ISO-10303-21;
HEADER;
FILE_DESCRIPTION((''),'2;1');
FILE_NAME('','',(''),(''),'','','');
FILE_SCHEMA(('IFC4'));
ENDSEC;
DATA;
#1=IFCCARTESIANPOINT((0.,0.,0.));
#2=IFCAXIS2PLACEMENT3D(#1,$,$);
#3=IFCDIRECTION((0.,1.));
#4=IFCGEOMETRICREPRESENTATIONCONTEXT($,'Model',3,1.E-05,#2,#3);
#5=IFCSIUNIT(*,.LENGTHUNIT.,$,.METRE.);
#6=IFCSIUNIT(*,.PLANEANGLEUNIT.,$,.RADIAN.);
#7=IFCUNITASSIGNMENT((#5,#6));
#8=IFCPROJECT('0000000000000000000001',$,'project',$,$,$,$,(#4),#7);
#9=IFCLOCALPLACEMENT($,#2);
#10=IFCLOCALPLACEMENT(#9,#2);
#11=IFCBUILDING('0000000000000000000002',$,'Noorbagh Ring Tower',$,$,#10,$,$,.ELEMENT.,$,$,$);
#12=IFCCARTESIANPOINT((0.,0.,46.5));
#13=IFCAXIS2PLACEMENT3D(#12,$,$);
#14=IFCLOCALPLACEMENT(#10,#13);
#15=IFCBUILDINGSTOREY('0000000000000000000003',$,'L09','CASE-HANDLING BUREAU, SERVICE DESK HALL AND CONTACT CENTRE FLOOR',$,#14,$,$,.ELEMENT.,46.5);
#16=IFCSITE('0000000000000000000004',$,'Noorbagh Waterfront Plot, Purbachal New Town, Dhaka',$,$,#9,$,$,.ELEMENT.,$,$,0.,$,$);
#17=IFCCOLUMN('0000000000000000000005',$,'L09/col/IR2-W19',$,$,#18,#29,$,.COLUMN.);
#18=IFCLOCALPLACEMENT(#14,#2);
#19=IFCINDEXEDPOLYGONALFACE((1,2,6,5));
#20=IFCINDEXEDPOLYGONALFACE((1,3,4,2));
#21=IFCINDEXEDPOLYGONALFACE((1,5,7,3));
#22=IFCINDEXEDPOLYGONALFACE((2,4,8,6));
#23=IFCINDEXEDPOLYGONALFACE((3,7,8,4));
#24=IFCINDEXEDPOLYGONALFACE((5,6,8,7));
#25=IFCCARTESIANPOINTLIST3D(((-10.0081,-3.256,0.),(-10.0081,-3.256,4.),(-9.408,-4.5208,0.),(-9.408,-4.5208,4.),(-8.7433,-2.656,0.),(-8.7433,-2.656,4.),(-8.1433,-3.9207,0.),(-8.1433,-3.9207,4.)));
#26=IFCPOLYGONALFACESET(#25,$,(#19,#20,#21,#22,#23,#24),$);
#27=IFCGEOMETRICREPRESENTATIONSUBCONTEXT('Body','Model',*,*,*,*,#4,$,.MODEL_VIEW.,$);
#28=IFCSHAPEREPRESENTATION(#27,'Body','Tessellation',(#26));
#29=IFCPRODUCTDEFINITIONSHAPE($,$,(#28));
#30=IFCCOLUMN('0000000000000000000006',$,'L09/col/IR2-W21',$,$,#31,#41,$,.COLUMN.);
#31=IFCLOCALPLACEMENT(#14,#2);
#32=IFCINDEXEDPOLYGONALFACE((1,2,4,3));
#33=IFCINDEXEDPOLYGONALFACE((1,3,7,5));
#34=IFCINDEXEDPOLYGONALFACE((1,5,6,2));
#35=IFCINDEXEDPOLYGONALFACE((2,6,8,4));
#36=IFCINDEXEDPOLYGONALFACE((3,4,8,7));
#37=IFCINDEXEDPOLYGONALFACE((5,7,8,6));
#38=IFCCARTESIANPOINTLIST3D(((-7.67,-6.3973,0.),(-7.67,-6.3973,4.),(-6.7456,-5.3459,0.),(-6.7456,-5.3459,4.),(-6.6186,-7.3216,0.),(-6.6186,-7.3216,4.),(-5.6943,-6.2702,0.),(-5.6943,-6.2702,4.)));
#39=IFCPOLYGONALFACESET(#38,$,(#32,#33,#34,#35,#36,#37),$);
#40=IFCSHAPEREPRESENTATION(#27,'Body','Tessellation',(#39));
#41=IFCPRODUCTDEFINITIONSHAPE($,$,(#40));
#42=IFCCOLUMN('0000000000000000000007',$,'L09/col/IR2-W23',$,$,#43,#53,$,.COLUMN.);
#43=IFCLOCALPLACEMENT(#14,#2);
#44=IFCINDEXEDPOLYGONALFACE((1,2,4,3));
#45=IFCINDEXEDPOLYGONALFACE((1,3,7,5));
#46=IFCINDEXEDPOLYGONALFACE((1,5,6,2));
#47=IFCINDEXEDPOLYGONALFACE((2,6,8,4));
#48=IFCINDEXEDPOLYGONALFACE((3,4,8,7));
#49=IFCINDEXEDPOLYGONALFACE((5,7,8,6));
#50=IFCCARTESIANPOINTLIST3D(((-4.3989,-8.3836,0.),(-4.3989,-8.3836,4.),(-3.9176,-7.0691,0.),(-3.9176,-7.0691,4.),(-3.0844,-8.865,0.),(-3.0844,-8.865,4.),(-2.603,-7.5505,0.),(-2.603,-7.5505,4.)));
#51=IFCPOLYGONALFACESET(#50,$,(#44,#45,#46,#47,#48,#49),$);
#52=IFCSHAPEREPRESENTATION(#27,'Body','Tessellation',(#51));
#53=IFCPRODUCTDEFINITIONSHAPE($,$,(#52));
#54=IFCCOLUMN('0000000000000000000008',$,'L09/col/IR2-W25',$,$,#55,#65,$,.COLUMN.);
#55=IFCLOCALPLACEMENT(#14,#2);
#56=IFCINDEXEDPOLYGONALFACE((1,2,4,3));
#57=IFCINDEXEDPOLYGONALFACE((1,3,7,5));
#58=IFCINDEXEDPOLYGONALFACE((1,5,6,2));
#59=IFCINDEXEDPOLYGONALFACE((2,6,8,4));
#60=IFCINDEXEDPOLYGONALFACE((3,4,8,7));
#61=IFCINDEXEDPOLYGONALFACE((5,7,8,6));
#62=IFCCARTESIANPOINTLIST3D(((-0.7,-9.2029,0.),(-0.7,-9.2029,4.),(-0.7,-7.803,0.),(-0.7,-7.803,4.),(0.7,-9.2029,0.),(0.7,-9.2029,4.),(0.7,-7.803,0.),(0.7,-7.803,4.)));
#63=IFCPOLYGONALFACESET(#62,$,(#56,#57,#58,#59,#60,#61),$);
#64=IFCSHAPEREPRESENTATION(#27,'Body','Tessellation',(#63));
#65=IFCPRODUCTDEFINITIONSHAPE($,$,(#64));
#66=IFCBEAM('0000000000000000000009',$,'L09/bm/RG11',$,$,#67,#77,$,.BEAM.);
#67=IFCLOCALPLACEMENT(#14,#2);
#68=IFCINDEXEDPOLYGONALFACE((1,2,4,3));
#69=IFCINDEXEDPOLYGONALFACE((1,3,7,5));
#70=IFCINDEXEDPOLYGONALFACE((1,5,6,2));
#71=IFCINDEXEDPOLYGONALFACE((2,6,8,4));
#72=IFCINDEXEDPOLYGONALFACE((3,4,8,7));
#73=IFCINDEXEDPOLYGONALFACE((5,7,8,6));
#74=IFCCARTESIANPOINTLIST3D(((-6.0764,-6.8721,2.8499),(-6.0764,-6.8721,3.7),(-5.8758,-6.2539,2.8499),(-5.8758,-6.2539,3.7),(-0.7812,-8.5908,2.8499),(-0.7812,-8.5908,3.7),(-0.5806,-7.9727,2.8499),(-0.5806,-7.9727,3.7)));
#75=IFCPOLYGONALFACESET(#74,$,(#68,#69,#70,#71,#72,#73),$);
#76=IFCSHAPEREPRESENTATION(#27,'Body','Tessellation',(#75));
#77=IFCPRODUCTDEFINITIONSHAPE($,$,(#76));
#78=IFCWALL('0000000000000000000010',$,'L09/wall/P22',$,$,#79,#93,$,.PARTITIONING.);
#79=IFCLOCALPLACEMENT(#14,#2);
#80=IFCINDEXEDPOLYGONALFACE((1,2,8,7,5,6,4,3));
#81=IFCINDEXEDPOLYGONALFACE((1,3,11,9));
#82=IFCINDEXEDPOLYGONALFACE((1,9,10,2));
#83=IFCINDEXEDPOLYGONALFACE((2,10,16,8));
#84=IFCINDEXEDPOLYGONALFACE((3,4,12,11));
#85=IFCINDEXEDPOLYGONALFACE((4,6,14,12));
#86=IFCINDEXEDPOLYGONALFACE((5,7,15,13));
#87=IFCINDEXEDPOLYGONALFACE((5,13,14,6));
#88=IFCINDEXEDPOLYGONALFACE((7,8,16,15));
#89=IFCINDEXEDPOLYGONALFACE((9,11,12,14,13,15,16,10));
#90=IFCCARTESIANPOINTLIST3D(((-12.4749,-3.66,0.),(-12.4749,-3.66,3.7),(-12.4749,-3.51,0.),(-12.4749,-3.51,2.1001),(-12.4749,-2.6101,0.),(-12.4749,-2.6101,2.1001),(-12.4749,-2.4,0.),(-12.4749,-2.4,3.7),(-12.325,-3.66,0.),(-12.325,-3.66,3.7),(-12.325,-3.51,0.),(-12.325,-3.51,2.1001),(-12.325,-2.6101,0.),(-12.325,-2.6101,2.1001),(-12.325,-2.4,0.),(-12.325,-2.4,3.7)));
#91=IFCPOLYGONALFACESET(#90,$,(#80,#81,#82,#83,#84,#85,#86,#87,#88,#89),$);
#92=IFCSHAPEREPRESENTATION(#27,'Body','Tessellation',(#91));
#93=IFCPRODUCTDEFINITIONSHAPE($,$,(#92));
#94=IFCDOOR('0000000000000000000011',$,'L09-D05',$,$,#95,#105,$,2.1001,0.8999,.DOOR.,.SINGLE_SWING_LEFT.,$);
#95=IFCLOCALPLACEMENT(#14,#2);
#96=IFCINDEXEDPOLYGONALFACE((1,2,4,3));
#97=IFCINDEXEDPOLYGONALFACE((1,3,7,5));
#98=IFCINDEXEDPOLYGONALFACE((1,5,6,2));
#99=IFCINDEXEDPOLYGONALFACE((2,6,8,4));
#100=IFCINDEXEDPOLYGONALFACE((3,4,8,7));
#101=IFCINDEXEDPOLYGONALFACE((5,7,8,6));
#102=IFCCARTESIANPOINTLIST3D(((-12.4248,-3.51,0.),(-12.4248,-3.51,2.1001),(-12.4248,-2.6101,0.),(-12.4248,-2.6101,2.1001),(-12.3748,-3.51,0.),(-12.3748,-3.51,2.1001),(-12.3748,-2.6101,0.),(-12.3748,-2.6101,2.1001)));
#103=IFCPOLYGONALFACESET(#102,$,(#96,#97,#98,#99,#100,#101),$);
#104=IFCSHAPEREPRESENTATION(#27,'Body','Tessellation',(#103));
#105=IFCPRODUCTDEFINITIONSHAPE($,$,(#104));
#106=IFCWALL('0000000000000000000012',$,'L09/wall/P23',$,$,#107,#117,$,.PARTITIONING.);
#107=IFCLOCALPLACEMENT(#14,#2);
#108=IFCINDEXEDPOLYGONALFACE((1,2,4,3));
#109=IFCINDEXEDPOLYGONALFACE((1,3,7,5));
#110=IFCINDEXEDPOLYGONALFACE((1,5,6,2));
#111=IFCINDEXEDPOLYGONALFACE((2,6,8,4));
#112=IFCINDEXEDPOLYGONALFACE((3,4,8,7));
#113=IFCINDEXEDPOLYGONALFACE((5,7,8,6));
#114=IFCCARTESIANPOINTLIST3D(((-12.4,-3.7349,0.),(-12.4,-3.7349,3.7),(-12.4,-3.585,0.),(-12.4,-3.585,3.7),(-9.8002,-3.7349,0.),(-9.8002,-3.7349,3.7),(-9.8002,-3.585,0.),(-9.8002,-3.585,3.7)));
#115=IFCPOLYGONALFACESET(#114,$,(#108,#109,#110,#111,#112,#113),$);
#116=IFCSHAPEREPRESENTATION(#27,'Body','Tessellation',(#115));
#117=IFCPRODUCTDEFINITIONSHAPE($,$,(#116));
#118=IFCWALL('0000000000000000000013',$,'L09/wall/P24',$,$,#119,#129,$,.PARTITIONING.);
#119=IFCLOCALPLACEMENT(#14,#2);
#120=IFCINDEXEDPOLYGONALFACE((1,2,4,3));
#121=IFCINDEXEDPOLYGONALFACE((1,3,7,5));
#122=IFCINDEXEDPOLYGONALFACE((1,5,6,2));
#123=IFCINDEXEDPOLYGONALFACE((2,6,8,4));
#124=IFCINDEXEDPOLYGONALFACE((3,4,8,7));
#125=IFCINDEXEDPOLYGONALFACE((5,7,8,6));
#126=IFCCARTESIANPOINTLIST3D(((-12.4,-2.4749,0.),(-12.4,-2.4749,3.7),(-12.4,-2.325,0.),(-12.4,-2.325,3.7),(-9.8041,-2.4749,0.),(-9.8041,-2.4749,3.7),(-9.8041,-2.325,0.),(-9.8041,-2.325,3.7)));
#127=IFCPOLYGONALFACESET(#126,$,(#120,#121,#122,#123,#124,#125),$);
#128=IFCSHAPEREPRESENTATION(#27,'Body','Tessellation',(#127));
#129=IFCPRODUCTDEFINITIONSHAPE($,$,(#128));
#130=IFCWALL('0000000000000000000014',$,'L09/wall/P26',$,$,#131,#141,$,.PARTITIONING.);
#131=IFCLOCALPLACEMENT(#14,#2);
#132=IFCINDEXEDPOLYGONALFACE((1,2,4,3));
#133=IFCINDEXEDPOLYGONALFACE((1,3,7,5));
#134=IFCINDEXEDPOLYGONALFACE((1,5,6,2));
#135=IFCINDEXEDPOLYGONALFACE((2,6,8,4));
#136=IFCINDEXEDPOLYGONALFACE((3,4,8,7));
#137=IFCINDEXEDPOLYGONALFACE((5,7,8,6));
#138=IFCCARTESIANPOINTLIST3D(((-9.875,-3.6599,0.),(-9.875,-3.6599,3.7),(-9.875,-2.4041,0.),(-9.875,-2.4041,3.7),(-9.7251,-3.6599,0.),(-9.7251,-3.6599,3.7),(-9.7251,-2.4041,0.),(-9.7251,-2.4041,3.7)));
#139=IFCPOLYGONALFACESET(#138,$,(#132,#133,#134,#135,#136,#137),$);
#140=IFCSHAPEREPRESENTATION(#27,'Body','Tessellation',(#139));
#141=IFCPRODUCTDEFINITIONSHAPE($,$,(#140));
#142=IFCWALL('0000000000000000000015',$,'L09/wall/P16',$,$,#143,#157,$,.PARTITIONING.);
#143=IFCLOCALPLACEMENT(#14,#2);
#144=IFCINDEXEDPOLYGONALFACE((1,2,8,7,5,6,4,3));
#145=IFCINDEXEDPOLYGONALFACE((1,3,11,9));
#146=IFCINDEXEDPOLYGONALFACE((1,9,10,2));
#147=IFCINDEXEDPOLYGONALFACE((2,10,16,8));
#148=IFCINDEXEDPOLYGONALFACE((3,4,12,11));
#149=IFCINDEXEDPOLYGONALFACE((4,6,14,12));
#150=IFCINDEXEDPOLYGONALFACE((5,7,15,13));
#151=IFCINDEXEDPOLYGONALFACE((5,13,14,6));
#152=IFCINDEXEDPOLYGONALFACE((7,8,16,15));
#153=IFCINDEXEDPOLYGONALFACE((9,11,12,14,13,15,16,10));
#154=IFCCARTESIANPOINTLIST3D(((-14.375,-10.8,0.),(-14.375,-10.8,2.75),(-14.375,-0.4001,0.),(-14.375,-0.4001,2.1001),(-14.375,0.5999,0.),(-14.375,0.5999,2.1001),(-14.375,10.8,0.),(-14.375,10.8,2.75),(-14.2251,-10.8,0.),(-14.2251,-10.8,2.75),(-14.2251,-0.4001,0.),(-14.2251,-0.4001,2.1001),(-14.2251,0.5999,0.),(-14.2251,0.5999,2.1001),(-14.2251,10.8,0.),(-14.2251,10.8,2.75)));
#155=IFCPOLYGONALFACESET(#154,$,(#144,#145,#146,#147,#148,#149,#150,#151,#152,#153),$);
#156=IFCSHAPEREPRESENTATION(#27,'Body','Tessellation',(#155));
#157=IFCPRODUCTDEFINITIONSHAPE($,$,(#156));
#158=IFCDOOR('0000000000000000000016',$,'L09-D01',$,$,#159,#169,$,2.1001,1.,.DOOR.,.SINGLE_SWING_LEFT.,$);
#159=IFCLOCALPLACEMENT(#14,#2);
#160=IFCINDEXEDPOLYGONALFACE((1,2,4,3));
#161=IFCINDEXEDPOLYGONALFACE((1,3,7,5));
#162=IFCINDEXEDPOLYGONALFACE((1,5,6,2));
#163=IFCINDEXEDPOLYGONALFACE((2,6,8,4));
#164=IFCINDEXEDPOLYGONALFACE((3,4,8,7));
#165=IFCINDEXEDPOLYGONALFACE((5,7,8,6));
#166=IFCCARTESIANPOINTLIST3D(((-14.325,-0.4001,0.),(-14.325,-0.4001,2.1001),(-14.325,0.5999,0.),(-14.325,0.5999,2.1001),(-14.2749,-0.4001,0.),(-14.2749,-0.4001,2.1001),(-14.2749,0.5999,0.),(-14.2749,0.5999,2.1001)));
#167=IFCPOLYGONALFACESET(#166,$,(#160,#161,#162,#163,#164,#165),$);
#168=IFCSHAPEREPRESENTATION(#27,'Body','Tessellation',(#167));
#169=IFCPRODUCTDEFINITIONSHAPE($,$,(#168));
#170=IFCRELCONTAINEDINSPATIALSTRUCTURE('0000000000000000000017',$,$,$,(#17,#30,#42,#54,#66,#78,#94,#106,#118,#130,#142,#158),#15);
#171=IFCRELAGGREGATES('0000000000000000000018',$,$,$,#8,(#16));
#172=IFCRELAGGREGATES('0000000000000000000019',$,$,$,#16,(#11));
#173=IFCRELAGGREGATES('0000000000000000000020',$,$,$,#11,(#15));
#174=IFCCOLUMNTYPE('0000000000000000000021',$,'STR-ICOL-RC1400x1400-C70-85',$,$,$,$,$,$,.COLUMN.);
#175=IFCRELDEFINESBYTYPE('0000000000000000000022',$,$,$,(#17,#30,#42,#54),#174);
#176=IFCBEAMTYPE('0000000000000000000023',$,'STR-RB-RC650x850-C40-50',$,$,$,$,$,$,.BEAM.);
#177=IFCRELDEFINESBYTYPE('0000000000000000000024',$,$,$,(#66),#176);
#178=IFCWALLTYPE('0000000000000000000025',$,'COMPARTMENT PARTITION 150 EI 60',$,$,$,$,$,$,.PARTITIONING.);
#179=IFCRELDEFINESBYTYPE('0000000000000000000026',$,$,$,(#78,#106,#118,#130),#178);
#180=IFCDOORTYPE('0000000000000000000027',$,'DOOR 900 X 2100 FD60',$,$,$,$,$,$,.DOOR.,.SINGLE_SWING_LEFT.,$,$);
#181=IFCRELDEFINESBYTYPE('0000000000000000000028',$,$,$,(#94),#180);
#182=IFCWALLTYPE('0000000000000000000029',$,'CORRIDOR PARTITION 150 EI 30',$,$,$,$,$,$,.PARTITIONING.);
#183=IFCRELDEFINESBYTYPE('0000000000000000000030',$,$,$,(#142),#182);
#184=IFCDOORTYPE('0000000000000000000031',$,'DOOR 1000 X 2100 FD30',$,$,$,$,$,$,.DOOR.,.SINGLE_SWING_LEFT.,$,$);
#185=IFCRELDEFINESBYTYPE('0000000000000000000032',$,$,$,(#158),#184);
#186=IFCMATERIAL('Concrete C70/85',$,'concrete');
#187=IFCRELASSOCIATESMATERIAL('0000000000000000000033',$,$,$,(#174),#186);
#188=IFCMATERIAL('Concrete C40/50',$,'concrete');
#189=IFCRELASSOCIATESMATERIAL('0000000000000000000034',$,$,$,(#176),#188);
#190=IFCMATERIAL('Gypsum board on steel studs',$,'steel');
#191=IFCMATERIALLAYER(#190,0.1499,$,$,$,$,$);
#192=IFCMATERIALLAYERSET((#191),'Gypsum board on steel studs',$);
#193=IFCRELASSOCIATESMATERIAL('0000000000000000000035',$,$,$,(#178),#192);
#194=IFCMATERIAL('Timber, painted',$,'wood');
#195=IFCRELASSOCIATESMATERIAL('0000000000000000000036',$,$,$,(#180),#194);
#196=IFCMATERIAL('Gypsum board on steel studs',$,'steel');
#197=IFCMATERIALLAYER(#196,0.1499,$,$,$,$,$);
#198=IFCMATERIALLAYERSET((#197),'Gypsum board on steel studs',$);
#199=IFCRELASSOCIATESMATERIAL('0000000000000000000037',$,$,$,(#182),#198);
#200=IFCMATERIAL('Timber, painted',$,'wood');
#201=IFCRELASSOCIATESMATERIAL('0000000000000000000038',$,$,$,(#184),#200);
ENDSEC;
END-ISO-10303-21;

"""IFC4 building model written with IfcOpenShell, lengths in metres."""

from ifc_helpers import new_model, si_unit, direction, frame, frame_2d, origin, origin_2d, place, context, subcontext, project, spatial, rectangle, extrude, material, layer, layer_set, material_profile, profile_set, type_object, element, fill, save


model = new_model("IFC4")

# Units and contexts
model_context = context("Model", 3, precision=1e-05, world=origin(), true_north=direction((0.0, 1.0)))
body_context = subcontext(model_context, "Body", "Model", "MODEL_VIEW")
ifc_project = project(units=[si_unit("LENGTHUNIT", "METRE"), si_unit("PLANEANGLEUNIT", "RADIAN")], contexts=[model_context])

# Site, building, storey
site_placement = place(None, origin())
site = spatial("IfcSite", under=ifc_project, at=site_placement, Name="Noorbagh Waterfront Plot, Purbachal New Town, Dhaka", CompositionType="ELEMENT", RefElevation=0.0)
building_placement = place(site_placement, origin())
building = spatial("IfcBuilding", under=site, at=building_placement, Name="Noorbagh Ring Tower", CompositionType="ELEMENT")
storey_placement = place(building_placement, frame((0.0, 0.0, 46.5)))
storey = spatial("IfcBuildingStorey", under=building, at=storey_placement, Name="L09", Description="CASE-HANDLING BUREAU, SERVICE DESK HALL AND CONTACT CENTRE FLOOR", CompositionType="ELEMENT", Elevation=46.5)

# Columns
ifc_material_1 = material(Name="Concrete C70/85", Category="concrete")
ifc_material_profile_1 = material_profile(ifc_material_1, rectangle(XDim=1.3999, YDim=1.3999, at=origin_2d()), Name="RC1400x1400")
ifc_profile_set_1 = profile_set([ifc_material_profile_1], Name="Concrete C70/85")
column_type = type_object("IfcColumnType", Name="STR-ICOL-RC1400x1400-C70-85", PredefinedType="COLUMN", material=ifc_profile_set_1)
for number, where, z_axis, x_axis, name in (
    (1, (-9.0757, -3.5884, 0.0), (0.0, 0.0, 1.0), (0.428667, -0.903463, 0.0), "L09/col/IR2-W19"),
    (2, (-6.6821, -6.3337, 0.0), (0.0, 0.0, 1.0), (0.751022, -0.660277, 0.0), "L09/col/IR2-W21"),
    (3, (-3.501, -7.967, 0.0), (0.0, 0.0, 1.0), (0.93902, -0.343864, 0.0), "L09/col/IR2-W23"),
    (4, (0.0, -8.5029, 0.0), (0.0, 0.0, 1.0), (1.0, 0.0, 0.0), "L09/col/IR2-W25"),
):
    element("IfcColumn", number, at=place(storey_placement, frame(where, z_axis=z_axis, x_axis=x_axis)), inside=storey, type_object=column_type, Name=name, PredefinedType="COLUMN", context=body_context, shape_type="SweptSolid", body=[
        extrude(rectangle(XDim=1.3999, YDim=1.3999, at=origin_2d()), origin(), (0.0, 0.0, 1.0), 4.0),
    ])

# Beam
ifc_material_2 = material(Name="Concrete C40/50", Category="concrete")
ifc_material_profile_2 = material_profile(ifc_material_2, rectangle(XDim=0.6499, YDim=0.8501, at=origin_2d()), Name="RC650x850")
ifc_profile_set_2 = profile_set([ifc_material_profile_2], Name="Concrete C40/50")
beam_type = type_object("IfcBeamType", Name="STR-RB-RC650x850-C40-50", PredefinedType="BEAM", material=ifc_profile_set_2)
beam_placement = place(storey_placement, frame((-5.9761, -6.563, 3.2749), z_axis=(0.951149, -0.308732, 0.0), x_axis=(0.308732, 0.951149, 0.0)))
element("IfcBeam", 5, at=beam_placement, inside=storey, type_object=beam_type, Name="L09/bm/RG11", PredefinedType="BEAM", context=body_context, shape_type="SweptSolid", body=[
    extrude(rectangle(XDim=0.6499, YDim=0.8501, at=origin_2d()), origin(), (0.0, 0.0, 1.0), 5.5671),
])

# Wall, opening, door
ifc_material_3 = material(Name="Gypsum board on steel studs", Category="steel")
ifc_layer_1 = layer(ifc_material_3, 0.1499)
ifc_layer_set_1 = layer_set([ifc_layer_1], Name="Gypsum board on steel studs")
wall_type_1 = type_object("IfcWallType", Name="COMPARTMENT PARTITION 150 EI 60", PredefinedType="PARTITIONING", material=ifc_layer_set_1)
wall_1_placement = place(storey_placement, frame((-12.3999, -3.6599, 0.0), z_axis=(0.0, 0.0, 1.0), x_axis=(0.0, 1.0, 0.0)))
wall_1 = element("IfcWall", 6, at=wall_1_placement, inside=storey, type_object=wall_type_1, Name="L09/wall/P22", PredefinedType="PARTITIONING", context=body_context, shape_type="SweptSolid", body=[
    extrude(rectangle(XDim=1.26, YDim=0.1499, at=frame_2d((0.6299, 0.0))), origin(), (0.0, 0.0, 1.0), 3.7),
])
opening_1_placement = place(wall_1_placement, frame((0.1499, 0.0, 0.0)))
opening_1 = element("IfcOpeningElement", 7, at=opening_1_placement, cuts=wall_1, PredefinedType="OPENING", context=body_context, shape_type="SweptSolid", body=[
    extrude(rectangle(XDim=0.8999, YDim=2.1001, at=frame_2d((0.45, 1.05))), frame((0.0, 0.085, 0.0), z_axis=(0.0, -1.0, 0.0), x_axis=(1.0, 0.0, 0.0)), (0.0, 0.0, 1.0), 0.1699),
])
ifc_material_4 = material(Name="Timber, painted", Category="wood")
door_type_1 = type_object("IfcDoorType", Name="DOOR 900 X 2100 FD60", OperationType="SINGLE_SWING_LEFT", PredefinedType="DOOR", material=ifc_material_4)
door_1_placement = place(opening_1_placement, origin())
door_1 = element("IfcDoor", 8, at=door_1_placement, inside=storey, type_object=door_type_1, Name="L09-D05", OperationType="SINGLE_SWING_LEFT", OverallHeight=2.1001, OverallWidth=0.8999, PredefinedType="DOOR", context=body_context, shape_type="SweptSolid", body=[
    extrude(rectangle(XDim=0.8999, YDim=2.1001, at=frame_2d((0.45, 1.05))), frame((0.0, 0.0249, 0.0), z_axis=(0.0, -1.0, 0.0), x_axis=(1.0, 0.0, 0.0)), (0.0, 0.0, 1.0), 0.05),
])
fill(opening_1, door_1)

# Walls
wall_2_placement = place(storey_placement, frame((-12.3999, -3.6599, 0.0), z_axis=(0.0, 0.0, 1.0), x_axis=(1.0, 0.0, 0.0)))
element("IfcWall", 9, at=wall_2_placement, inside=storey, type_object=wall_type_1, Name="L09/wall/P23", PredefinedType="PARTITIONING", context=body_context, shape_type="SweptSolid", body=[
    extrude(rectangle(XDim=2.5999, YDim=0.1499, at=frame_2d((1.2998, 0.0))), origin(), (0.0, 0.0, 1.0), 3.7),
])
wall_3_placement = place(storey_placement, frame((-12.3999, -2.3999, 0.0), z_axis=(0.0, 0.0, 1.0), x_axis=(1.0, 0.0, 0.0)))
element("IfcWall", 10, at=wall_3_placement, inside=storey, type_object=wall_type_1, Name="L09/wall/P24", PredefinedType="PARTITIONING", context=body_context, shape_type="SweptSolid", body=[
    extrude(rectangle(XDim=2.5959, YDim=0.1499, at=frame_2d((1.2979, 0.0))), origin(), (0.0, 0.0, 1.0), 3.7),
])
wall_4_placement = place(storey_placement, frame((-9.8, -3.6599, 0.0), z_axis=(0.0, 0.0, 1.0), x_axis=(0.0, 1.0, 0.0)))
element("IfcWall", 11, at=wall_4_placement, inside=storey, type_object=wall_type_1, Name="L09/wall/P26", PredefinedType="PARTITIONING", context=body_context, shape_type="SweptSolid", body=[
    extrude(rectangle(XDim=1.2559, YDim=0.1499, at=frame_2d((0.6279, 0.0))), origin(), (0.0, 0.0, 1.0), 3.7),
])

# Wall, opening, door
ifc_material_5 = material(Name="Gypsum board on steel studs", Category="steel")
ifc_layer_2 = layer(ifc_material_5, 0.1499)
ifc_layer_set_2 = layer_set([ifc_layer_2], Name="Gypsum board on steel studs")
wall_type_2 = type_object("IfcWallType", Name="CORRIDOR PARTITION 150 EI 30", PredefinedType="PARTITIONING", material=ifc_layer_set_2)
wall_5_placement = place(storey_placement, frame((-14.3, -10.8, 0.0), z_axis=(0.0, 0.0, 1.0), x_axis=(0.0, 1.0, 0.0)))
wall_5 = element("IfcWall", 12, at=wall_5_placement, inside=storey, type_object=wall_type_2, Name="L09/wall/P16", PredefinedType="PARTITIONING", context=body_context, shape_type="SweptSolid", body=[
    extrude(rectangle(XDim=21.6001, YDim=0.1499, at=frame_2d((10.8, 0.0))), origin(), (0.0, 0.0, 1.0), 2.75),
])
opening_2_placement = place(wall_5_placement, frame((10.3999, 0.0, 0.0)))
opening_2 = element("IfcOpeningElement", 13, at=opening_2_placement, cuts=wall_5, PredefinedType="OPENING", context=body_context, shape_type="SweptSolid", body=[
    extrude(rectangle(XDim=1.0, YDim=2.1001, at=frame_2d((0.5, 1.05))), frame((0.0, 0.085, 0.0), z_axis=(0.0, -1.0, 0.0), x_axis=(1.0, 0.0, 0.0)), (0.0, 0.0, 1.0), 0.1699),
])
ifc_material_6 = material(Name="Timber, painted", Category="wood")
door_type_2 = type_object("IfcDoorType", Name="DOOR 1000 X 2100 FD30", OperationType="SINGLE_SWING_LEFT", PredefinedType="DOOR", material=ifc_material_6)
door_2_placement = place(opening_2_placement, origin())
door_2 = element("IfcDoor", 14, at=door_2_placement, inside=storey, type_object=door_type_2, Name="L09-D01", OperationType="SINGLE_SWING_LEFT", OverallHeight=2.1001, OverallWidth=1.0, PredefinedType="DOOR", context=body_context, shape_type="SweptSolid", body=[
    extrude(rectangle(XDim=1.0, YDim=2.1001, at=frame_2d((0.5, 1.05))), frame((0.0, 0.0249, 0.0), z_axis=(0.0, -1.0, 0.0), x_axis=(1.0, 0.0, 0.0)), (0.0, 0.0, 1.0), 0.05),
])
fill(opening_2, door_2)

save(model, "model.ifc")
